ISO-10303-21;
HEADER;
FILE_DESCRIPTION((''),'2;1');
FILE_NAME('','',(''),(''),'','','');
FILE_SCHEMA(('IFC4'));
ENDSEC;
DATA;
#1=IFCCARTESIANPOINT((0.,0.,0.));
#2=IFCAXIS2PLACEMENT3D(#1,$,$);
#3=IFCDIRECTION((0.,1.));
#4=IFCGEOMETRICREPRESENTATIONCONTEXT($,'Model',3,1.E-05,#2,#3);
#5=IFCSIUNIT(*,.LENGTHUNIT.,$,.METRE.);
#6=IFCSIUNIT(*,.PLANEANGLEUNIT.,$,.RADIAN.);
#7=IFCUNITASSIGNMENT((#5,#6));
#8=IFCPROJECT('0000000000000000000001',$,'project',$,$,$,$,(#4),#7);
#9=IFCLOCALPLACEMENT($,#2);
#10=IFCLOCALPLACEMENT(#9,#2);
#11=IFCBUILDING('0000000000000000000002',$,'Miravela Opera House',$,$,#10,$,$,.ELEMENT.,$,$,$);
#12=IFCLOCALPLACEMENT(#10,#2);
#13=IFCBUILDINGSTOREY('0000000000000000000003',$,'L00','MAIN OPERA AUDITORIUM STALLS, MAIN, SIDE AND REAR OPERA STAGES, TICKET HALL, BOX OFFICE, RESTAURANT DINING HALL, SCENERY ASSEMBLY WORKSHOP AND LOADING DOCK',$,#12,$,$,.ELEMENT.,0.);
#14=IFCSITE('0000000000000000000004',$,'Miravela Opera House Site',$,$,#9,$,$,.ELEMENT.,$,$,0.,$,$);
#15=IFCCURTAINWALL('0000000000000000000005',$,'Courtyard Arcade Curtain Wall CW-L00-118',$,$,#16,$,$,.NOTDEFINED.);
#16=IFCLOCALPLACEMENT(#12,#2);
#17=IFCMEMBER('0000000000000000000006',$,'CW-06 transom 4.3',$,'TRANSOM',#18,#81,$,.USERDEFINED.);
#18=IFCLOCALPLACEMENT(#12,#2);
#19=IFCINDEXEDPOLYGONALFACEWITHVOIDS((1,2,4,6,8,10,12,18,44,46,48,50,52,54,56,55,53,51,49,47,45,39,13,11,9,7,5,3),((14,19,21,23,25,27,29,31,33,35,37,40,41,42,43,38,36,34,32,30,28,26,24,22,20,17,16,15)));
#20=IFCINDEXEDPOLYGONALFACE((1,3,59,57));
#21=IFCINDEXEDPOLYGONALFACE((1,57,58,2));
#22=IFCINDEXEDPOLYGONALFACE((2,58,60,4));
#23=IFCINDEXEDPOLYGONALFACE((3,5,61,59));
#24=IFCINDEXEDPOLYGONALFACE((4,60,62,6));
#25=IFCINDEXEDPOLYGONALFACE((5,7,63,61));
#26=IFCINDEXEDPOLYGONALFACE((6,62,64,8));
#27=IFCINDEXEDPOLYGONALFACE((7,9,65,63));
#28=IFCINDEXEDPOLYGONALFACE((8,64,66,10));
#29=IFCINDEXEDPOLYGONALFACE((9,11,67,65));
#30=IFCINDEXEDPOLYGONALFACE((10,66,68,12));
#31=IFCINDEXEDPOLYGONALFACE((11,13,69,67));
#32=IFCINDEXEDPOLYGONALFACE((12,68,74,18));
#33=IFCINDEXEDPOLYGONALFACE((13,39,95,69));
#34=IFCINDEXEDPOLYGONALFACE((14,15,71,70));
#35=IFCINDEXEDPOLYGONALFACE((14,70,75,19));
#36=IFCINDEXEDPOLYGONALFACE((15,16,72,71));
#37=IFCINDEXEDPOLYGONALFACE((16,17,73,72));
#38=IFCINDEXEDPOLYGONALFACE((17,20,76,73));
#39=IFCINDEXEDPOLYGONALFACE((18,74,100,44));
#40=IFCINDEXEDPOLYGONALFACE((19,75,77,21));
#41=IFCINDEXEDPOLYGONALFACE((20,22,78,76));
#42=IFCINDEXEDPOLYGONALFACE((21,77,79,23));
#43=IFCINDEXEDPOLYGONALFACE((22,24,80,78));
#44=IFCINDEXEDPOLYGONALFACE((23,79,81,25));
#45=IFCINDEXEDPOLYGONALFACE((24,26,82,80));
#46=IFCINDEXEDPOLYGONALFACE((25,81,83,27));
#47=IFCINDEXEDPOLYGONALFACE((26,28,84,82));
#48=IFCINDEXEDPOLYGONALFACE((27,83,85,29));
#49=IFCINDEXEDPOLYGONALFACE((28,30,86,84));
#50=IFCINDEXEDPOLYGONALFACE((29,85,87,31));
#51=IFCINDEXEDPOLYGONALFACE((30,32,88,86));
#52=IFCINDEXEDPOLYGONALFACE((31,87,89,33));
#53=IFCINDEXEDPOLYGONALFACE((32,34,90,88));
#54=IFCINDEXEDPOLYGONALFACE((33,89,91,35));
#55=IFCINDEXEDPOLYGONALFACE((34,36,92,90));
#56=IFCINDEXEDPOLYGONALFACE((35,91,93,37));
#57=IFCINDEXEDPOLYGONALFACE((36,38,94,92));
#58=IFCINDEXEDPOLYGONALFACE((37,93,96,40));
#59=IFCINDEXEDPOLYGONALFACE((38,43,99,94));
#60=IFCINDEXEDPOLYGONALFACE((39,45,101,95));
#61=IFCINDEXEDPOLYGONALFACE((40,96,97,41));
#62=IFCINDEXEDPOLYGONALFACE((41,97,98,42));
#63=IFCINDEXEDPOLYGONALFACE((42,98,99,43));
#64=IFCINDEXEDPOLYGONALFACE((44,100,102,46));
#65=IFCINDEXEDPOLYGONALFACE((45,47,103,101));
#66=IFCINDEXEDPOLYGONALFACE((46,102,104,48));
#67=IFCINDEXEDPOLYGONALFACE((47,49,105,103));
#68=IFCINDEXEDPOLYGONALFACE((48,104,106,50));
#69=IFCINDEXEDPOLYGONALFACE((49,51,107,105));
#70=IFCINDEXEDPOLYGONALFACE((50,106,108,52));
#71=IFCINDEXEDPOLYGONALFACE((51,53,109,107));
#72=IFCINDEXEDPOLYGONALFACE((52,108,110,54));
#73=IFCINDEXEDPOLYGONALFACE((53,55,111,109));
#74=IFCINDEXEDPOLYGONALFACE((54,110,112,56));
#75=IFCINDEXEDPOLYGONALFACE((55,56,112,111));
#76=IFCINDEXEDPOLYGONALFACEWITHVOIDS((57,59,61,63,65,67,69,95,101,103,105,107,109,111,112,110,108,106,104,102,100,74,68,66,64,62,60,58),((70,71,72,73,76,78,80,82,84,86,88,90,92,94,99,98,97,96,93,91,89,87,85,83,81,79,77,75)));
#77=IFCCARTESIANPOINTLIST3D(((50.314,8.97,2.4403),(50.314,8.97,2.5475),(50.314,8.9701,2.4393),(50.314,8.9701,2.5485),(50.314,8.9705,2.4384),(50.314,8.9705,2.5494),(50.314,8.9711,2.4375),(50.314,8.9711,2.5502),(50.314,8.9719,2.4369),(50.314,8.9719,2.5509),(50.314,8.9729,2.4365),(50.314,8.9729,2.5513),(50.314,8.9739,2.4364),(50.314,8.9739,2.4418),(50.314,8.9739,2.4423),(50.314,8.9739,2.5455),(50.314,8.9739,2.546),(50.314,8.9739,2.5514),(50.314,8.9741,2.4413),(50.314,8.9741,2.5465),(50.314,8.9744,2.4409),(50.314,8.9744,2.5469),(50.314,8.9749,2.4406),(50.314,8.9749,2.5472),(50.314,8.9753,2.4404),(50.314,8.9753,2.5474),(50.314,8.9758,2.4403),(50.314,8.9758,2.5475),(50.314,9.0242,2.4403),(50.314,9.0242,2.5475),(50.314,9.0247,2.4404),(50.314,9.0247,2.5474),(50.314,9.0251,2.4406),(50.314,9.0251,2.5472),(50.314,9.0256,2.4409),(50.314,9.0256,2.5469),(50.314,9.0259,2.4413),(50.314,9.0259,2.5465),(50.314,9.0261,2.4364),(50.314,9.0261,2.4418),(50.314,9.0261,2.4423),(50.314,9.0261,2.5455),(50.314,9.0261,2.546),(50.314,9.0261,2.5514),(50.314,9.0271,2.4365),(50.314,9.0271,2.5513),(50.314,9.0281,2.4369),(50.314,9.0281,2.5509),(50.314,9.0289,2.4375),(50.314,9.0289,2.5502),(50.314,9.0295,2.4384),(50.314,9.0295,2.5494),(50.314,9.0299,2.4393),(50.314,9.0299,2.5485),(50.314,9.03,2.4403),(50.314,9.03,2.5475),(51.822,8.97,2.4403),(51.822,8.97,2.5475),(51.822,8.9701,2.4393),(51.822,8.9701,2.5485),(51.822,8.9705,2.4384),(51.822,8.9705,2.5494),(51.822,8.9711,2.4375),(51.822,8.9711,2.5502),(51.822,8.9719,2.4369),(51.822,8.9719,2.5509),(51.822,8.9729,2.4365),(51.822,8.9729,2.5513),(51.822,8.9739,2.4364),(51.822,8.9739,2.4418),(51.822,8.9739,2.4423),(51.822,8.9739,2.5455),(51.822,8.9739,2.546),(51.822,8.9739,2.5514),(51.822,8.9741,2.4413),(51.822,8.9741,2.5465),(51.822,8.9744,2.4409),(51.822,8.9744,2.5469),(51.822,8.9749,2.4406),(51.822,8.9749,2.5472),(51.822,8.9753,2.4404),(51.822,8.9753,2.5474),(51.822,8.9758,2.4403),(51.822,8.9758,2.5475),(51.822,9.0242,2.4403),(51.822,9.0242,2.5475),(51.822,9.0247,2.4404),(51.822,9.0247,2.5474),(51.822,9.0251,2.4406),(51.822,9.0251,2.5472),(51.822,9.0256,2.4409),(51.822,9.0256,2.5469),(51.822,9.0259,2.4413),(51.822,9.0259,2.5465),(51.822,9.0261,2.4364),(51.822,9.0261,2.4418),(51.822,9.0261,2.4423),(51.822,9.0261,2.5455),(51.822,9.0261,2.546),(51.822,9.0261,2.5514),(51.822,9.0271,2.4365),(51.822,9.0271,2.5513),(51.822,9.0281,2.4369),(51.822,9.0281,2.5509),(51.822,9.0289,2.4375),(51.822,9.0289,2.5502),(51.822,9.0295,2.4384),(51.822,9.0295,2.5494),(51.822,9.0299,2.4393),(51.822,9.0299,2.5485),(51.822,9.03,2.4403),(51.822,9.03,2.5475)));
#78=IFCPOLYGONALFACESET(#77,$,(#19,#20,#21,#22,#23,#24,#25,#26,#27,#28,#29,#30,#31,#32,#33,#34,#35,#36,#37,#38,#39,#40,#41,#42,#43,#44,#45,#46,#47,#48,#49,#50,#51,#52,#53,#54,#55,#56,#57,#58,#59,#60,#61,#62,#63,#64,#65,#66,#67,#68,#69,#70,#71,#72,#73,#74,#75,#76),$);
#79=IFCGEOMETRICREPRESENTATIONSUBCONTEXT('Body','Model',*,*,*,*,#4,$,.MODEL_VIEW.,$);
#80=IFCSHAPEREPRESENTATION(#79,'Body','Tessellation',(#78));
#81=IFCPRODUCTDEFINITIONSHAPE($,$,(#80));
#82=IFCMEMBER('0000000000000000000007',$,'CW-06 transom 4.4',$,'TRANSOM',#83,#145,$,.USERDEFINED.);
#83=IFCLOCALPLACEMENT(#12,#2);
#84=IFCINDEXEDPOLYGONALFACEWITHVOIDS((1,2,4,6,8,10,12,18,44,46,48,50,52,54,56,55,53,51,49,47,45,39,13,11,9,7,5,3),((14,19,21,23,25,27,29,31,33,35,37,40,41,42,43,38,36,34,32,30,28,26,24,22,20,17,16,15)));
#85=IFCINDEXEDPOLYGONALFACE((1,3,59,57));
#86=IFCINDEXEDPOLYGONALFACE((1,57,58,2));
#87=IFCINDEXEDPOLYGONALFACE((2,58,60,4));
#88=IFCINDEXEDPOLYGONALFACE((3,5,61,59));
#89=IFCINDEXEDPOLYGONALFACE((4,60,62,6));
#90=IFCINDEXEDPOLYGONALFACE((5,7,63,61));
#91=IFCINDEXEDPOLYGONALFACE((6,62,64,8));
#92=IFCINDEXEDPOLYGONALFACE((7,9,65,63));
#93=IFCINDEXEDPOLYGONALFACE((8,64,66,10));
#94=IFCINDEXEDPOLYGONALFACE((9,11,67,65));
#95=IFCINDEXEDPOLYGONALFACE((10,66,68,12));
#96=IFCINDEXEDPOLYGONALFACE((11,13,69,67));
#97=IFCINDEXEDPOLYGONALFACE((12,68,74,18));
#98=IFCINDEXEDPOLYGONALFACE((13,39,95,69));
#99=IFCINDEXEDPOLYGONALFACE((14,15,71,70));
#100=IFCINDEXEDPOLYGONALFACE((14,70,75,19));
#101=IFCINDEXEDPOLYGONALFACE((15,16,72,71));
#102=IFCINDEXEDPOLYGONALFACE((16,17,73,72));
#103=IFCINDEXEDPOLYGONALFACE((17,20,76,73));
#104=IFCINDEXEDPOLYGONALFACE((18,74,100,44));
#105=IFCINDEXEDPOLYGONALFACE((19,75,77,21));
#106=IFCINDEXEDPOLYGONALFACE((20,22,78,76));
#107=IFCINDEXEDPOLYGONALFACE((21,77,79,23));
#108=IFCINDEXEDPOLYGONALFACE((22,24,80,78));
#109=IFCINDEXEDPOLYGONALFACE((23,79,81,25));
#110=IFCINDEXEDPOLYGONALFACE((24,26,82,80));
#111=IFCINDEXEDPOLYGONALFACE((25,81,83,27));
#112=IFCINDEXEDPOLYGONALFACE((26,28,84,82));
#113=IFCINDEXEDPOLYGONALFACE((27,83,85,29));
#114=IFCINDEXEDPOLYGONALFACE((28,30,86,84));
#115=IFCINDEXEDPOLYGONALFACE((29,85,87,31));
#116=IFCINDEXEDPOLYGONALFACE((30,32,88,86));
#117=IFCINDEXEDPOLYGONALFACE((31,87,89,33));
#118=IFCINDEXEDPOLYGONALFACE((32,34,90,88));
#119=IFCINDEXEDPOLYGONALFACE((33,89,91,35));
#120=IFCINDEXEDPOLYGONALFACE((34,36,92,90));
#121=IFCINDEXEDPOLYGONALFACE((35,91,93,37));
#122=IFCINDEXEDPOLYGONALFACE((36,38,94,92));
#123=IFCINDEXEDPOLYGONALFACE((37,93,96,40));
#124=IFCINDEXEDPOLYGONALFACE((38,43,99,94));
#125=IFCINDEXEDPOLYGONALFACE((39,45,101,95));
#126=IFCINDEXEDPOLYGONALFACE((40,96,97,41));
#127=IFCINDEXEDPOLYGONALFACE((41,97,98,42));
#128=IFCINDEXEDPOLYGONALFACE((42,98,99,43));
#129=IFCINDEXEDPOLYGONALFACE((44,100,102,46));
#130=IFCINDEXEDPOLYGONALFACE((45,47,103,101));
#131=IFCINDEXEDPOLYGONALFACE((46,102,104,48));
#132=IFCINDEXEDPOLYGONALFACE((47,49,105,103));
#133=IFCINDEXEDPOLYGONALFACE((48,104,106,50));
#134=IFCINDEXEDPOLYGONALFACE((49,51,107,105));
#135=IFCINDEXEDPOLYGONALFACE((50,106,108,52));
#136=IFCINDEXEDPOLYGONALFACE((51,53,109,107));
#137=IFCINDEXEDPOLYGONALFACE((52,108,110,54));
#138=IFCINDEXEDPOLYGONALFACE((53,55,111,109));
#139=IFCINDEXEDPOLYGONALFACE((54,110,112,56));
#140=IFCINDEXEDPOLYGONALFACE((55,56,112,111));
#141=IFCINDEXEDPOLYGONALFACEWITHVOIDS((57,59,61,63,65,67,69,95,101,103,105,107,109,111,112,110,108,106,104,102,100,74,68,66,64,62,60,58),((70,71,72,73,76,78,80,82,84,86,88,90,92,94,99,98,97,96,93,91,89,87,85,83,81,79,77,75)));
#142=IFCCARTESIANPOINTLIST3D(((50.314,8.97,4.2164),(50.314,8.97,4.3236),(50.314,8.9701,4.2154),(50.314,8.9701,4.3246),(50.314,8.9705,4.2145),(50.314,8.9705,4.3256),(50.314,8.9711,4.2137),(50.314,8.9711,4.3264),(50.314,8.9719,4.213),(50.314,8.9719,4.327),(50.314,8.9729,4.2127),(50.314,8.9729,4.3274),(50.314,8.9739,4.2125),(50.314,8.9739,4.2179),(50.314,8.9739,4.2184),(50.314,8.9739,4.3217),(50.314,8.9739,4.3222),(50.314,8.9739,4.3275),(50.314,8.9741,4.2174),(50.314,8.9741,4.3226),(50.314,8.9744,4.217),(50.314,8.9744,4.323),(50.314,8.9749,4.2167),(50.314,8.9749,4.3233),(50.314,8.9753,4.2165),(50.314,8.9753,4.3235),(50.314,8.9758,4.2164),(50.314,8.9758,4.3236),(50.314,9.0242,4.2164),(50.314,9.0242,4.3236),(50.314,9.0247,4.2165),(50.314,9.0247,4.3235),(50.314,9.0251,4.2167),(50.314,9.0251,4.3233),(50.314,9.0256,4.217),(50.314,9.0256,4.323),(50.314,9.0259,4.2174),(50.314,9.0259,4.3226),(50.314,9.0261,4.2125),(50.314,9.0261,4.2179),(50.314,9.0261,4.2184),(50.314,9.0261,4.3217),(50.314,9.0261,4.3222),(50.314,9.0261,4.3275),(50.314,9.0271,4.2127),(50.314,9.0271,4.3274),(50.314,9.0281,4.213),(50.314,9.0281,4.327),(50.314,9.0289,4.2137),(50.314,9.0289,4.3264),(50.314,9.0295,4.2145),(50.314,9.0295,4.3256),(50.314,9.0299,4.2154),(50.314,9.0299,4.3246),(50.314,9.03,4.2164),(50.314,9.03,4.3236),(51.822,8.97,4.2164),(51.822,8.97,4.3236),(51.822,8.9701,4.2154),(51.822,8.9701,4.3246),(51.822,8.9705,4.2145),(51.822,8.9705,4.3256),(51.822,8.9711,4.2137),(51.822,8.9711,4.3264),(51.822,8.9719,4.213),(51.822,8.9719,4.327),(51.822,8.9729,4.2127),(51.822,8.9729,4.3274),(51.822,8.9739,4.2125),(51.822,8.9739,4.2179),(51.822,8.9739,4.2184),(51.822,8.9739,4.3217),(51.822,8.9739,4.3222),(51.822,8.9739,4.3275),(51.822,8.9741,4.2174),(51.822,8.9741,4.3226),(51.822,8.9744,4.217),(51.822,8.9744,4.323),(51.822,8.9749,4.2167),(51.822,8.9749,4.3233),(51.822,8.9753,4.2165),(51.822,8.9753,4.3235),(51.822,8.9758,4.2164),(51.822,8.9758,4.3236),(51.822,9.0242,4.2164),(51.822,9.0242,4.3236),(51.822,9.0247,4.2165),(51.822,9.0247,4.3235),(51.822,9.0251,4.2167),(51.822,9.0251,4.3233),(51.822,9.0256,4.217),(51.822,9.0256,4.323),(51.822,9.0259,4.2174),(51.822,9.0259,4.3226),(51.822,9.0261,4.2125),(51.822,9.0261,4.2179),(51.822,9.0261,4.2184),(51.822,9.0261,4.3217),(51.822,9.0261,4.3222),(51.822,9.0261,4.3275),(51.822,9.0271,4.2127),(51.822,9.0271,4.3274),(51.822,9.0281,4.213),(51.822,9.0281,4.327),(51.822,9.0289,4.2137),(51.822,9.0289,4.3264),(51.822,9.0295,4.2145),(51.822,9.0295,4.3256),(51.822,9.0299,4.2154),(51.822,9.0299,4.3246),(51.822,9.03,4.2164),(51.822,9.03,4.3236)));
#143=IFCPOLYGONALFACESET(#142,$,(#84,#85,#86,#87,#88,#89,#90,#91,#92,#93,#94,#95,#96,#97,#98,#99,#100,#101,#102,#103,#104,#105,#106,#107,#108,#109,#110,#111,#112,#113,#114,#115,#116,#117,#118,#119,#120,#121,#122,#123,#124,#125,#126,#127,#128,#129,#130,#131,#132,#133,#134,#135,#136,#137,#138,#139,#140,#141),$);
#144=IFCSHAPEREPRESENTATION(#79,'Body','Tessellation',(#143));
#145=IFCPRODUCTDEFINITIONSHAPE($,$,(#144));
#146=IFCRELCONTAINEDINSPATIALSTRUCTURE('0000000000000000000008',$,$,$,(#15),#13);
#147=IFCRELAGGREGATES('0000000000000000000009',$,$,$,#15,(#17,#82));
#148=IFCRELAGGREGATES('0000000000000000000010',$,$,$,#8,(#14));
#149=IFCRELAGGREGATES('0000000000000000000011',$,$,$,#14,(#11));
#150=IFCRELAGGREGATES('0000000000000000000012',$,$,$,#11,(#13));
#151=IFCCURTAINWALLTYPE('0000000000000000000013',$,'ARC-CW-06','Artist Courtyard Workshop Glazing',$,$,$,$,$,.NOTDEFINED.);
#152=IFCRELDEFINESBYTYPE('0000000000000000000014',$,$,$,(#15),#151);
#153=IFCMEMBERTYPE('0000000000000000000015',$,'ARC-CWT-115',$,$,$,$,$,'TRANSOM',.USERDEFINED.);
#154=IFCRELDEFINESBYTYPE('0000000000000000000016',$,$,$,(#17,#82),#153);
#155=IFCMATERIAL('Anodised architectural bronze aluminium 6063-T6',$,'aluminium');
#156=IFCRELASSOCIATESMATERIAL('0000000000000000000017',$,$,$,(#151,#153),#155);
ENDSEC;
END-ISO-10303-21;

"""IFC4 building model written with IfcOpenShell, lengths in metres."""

from ifc_helpers import new_model, si_unit, direction, frame, origin, origin_2d, place, context, subcontext, project, spatial, hollow_rectangle, extrude, material, material_profile, profile_set, type_object, element, aggregate, save


model = new_model("IFC4")

# Units and contexts
model_context = context("Model", 3, precision=1e-05, world=origin(), true_north=direction((0.0, 1.0)))
body_context = subcontext(model_context, "Body", "Model", "MODEL_VIEW")
ifc_project = project(units=[si_unit("LENGTHUNIT", "METRE"), si_unit("PLANEANGLEUNIT", "RADIAN")], contexts=[model_context])

# Site, building, storey
site_placement = place(None, origin())
site = spatial("IfcSite", under=ifc_project, at=site_placement, Name="Miravela Opera House Site", CompositionType="ELEMENT", RefElevation=0.0)
building_placement = place(site_placement, origin())
building = spatial("IfcBuilding", under=site, at=building_placement, Name="Miravela Opera House", CompositionType="ELEMENT")
storey_placement = place(building_placement, origin())
storey = spatial("IfcBuildingStorey", under=building, at=storey_placement, Name="L00", Description="MAIN OPERA AUDITORIUM STALLS, MAIN, SIDE AND REAR OPERA STAGES, TICKET HALL, BOX OFFICE, RESTAURANT DINING HALL, SCENERY ASSEMBLY WORKSHOP AND LOADING DOCK", CompositionType="ELEMENT", Elevation=0.0)

# Curtain wall, members
ifc_material_1 = material(Name="Anodised architectural bronze aluminium 6063-T6", Category="aluminium")
curtain_wall_type = type_object("IfcCurtainWallType", Name="ARC-CW-06", Description="Artist Courtyard Workshop Glazing", PredefinedType="NOTDEFINED", material=ifc_material_1)
curtain_wall_placement = place(storey_placement, origin())
curtain_wall = element("IfcCurtainWall", 1, at=curtain_wall_placement, inside=storey, type_object=curtain_wall_type, Name="Courtyard Arcade Curtain Wall CW-L00-118", PredefinedType="NOTDEFINED")
ifc_material_profile_1 = material_profile(ifc_material_1, hollow_rectangle(XDim=0.0601, YDim=0.115, WallThickness=0.0039, InnerFilletRadius=0.002, OuterFilletRadius=0.0039, at=origin_2d()), Name="CWT-60X115")
ifc_profile_set_1 = profile_set([ifc_material_profile_1])
member_type_1 = type_object("IfcMemberType", Name="ARC-CWT-115", ElementType="TRANSOM", PredefinedType="USERDEFINED", material=ifc_profile_set_1)
member_1_placement = place(storey_placement, frame((50.314, 9.0, 2.4939), z_axis=(1.0, 0.0, 0.0), x_axis=(0.0, 1.0, 0.0)))
member_1 = element("IfcMember", 2, at=member_1_placement, type_object=member_type_1, Name="CW-06 transom 4.3", ObjectType="TRANSOM", PredefinedType="USERDEFINED", context=body_context, shape_type="SweptSolid", body=[
    extrude(hollow_rectangle(XDim=0.0601, YDim=0.115, WallThickness=0.0039, InnerFilletRadius=0.002, OuterFilletRadius=0.0039, at=origin_2d()), origin(), (0.0, 0.0, 1.0), 1.5081),
])
member_2_placement = place(storey_placement, frame((50.314, 9.0, 4.27), z_axis=(1.0, 0.0, 0.0), x_axis=(0.0, 1.0, 0.0)))
member_2 = element("IfcMember", 3, at=member_2_placement, type_object=member_type_1, Name="CW-06 transom 4.4", ObjectType="TRANSOM", PredefinedType="USERDEFINED", context=body_context, shape_type="SweptSolid", body=[
    extrude(hollow_rectangle(XDim=0.0601, YDim=0.115, WallThickness=0.0039, InnerFilletRadius=0.002, OuterFilletRadius=0.0039, at=origin_2d()), origin(), (0.0, 0.0, 1.0), 1.5081),
])

aggregate(curtain_wall, [member_1, member_2])

save(model, "model.ifc")
